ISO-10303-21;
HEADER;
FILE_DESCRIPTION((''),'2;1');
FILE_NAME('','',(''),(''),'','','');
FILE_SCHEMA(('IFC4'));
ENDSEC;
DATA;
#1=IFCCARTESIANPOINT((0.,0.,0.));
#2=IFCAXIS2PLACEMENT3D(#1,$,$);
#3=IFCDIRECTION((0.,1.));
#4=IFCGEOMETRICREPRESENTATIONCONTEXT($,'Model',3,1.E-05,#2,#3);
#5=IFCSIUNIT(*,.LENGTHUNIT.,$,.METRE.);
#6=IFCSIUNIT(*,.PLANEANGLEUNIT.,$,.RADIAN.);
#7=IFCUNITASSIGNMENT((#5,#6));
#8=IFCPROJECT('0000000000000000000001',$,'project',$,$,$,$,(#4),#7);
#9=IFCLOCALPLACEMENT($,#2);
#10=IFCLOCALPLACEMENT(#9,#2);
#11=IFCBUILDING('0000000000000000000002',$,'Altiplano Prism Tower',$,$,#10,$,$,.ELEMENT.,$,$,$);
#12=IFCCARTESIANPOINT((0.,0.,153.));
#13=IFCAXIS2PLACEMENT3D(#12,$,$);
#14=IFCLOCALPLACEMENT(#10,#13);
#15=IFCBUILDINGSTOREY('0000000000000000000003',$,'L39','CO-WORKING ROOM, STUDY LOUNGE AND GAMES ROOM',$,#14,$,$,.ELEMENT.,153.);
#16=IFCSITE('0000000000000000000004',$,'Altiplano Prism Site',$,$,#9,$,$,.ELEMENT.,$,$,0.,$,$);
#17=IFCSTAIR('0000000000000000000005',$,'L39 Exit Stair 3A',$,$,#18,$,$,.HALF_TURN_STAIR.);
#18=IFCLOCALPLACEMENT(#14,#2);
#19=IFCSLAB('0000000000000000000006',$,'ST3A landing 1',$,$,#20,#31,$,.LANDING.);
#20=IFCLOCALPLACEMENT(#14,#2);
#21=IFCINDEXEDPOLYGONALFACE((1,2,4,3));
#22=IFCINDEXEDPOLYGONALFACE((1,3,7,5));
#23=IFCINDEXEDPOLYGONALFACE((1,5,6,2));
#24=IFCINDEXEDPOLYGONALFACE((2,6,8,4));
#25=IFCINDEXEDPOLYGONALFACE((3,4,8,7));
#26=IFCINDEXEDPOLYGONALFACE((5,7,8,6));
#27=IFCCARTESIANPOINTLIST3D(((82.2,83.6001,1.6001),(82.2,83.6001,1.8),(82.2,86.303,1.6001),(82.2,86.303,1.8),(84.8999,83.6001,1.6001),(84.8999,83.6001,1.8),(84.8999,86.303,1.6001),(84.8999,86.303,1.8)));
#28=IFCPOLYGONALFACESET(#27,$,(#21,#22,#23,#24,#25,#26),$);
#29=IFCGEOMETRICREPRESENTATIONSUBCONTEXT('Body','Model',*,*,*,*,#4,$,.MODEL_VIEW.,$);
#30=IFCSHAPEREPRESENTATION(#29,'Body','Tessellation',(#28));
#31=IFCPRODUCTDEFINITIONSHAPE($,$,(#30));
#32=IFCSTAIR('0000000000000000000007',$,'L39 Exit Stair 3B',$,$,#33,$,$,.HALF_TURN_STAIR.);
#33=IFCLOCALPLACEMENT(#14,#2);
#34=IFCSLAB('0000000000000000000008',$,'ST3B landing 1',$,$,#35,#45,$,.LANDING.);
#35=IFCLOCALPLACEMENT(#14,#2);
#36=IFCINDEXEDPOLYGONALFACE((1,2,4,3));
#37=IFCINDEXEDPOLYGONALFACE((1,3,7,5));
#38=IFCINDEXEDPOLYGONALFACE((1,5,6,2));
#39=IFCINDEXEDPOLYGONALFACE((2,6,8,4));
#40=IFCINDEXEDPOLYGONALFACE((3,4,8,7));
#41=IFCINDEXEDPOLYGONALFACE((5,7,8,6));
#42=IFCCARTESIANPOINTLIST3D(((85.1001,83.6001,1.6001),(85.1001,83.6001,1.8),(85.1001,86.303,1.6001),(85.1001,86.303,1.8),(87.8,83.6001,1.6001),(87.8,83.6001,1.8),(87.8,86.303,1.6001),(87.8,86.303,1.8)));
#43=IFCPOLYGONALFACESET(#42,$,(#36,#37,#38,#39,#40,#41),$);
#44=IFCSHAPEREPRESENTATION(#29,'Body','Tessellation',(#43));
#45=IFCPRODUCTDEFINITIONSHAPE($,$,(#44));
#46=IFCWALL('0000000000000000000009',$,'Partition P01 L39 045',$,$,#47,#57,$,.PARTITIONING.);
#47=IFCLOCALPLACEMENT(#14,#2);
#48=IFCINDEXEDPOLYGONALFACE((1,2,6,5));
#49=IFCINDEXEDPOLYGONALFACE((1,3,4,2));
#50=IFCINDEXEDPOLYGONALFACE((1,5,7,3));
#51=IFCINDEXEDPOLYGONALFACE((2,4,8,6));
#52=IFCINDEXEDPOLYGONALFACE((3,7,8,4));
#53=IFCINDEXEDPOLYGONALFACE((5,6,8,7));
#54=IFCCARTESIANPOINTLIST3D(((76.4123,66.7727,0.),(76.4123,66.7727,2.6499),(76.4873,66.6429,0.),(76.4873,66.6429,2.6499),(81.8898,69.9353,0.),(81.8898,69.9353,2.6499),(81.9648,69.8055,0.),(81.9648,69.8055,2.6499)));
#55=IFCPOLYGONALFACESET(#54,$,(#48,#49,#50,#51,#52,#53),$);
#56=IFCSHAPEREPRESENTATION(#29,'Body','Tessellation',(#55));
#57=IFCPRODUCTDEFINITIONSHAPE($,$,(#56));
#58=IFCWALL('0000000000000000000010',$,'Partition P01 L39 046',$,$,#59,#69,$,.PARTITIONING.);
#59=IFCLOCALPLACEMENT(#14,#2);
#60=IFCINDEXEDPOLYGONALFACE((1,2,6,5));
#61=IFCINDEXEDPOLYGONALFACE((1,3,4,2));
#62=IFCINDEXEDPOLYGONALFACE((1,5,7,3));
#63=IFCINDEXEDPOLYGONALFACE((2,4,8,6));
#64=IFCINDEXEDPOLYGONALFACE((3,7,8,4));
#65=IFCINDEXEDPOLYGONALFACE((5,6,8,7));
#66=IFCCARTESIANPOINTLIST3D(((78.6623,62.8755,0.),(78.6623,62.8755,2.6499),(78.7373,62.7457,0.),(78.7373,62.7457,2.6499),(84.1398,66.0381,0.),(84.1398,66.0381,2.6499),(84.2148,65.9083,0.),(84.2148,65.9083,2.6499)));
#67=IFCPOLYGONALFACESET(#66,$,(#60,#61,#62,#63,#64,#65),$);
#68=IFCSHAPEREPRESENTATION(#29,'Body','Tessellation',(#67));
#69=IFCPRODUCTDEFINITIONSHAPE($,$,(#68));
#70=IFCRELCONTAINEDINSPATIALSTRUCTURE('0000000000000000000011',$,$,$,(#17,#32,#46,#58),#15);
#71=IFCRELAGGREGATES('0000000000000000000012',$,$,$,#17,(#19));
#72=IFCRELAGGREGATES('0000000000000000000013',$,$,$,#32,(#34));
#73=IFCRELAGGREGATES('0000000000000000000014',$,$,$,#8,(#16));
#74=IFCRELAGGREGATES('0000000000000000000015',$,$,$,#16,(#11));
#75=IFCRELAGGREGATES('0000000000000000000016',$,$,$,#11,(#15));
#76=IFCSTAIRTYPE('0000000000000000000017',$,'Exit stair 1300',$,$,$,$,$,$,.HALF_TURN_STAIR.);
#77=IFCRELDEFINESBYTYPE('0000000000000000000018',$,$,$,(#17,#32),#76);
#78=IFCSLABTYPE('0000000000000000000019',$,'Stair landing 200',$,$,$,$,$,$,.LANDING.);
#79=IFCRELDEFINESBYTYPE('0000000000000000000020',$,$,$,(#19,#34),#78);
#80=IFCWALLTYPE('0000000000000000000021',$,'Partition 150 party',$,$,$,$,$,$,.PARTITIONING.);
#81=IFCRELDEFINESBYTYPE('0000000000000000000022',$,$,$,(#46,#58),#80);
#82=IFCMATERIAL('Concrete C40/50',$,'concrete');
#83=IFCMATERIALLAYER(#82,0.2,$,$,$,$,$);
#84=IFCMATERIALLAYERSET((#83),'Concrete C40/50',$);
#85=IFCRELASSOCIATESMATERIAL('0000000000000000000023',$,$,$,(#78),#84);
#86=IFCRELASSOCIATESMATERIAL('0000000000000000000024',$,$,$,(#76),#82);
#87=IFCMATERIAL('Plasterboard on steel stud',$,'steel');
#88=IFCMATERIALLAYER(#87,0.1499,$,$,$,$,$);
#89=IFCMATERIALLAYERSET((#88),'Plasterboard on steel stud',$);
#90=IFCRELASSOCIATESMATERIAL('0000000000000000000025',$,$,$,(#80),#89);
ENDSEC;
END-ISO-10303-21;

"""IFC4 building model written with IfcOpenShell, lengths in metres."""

from ifc_helpers import new_model, si_unit, direction, frame, frame_2d, origin, place, context, subcontext, project, spatial, polyline, rectangle, outline, extrude, material, layer, layer_set, type_object, element, aggregate, save


model = new_model("IFC4")

# Units and contexts
model_context = context("Model", 3, precision=1e-05, world=origin(), true_north=direction((0.0, 1.0)))
body_context = subcontext(model_context, "Body", "Model", "MODEL_VIEW")
ifc_project = project(units=[si_unit("LENGTHUNIT", "METRE"), si_unit("PLANEANGLEUNIT", "RADIAN")], contexts=[model_context])

# Site, building, storey
site_placement = place(None, origin())
site = spatial("IfcSite", under=ifc_project, at=site_placement, Name="Altiplano Prism Site", CompositionType="ELEMENT", RefElevation=0.0)
building_placement = place(site_placement, origin())
building = spatial("IfcBuilding", under=site, at=building_placement, Name="Altiplano Prism Tower", CompositionType="ELEMENT")
storey_placement = place(building_placement, frame((0.0, 0.0, 153.0)))
storey = spatial("IfcBuildingStorey", under=building, at=storey_placement, Name="L39", Description="CO-WORKING ROOM, STUDY LOUNGE AND GAMES ROOM", CompositionType="ELEMENT", Elevation=153.0)

# Shared definitions
ifc_material_1 = material(Name="Concrete C40/50", Category="concrete")

# Stairs, slabs
ifc_layer_1 = layer(ifc_material_1, 0.2)
ifc_layer_set_1 = layer_set([ifc_layer_1], Name="Concrete C40/50")
slab_type_1 = type_object("IfcSlabType", Name="Stair landing 200", PredefinedType="LANDING", material=ifc_layer_set_1)
stair_type_1 = type_object("IfcStairType", Name="Exit stair 1300", PredefinedType="HALF_TURN_STAIR", material=ifc_material_1)
stair_1_placement = place(storey_placement, origin())
stair_1 = element("IfcStair", 1, at=stair_1_placement, inside=storey, type_object=stair_type_1, Name="L39 Exit Stair 3A", PredefinedType="HALF_TURN_STAIR")
slab_1_placement = place(storey_placement, frame((0.0, 0.0, 1.6001)))
slab_1 = element("IfcSlab", 2, at=slab_1_placement, type_object=slab_type_1, Name="ST3A landing 1", PredefinedType="LANDING", context=body_context, shape_type="SweptSolid", body=[
    extrude(outline(polyline([(82.2, 86.303), (82.2, 83.6001), (84.8999, 83.6001), (84.8999, 86.303), (82.2, 86.303)])), origin(), (0.0, 0.0, 1.0), 0.2),
])
aggregate(stair_1, [slab_1])
stair_2_placement = place(storey_placement, origin())
stair_2 = element("IfcStair", 3, at=stair_2_placement, inside=storey, type_object=stair_type_1, Name="L39 Exit Stair 3B", PredefinedType="HALF_TURN_STAIR")
slab_2_placement = place(storey_placement, frame((0.0, 0.0, 1.6001)))
slab_2 = element("IfcSlab", 4, at=slab_2_placement, type_object=slab_type_1, Name="ST3B landing 1", PredefinedType="LANDING", context=body_context, shape_type="SweptSolid", body=[
    extrude(outline(polyline([(85.1001, 86.303), (85.1001, 83.6001), (87.8, 83.6001), (87.8, 86.303), (85.1001, 86.303)])), origin(), (0.0, 0.0, 1.0), 0.2),
])
aggregate(stair_2, [slab_2])

# Walls
ifc_material_2 = material(Name="Plasterboard on steel stud", Category="steel")
ifc_layer_2 = layer(ifc_material_2, 0.1499)
ifc_layer_set_2 = layer_set([ifc_layer_2], Name="Plasterboard on steel stud")
wall_type = type_object("IfcWallType", Name="Partition 150 party", PredefinedType="PARTITIONING", material=ifc_layer_set_2)
for number, where, z_axis, x_axis, name in (
    (5, (76.4497, 66.7078, 0.0), (0.0, 0.0, 1.0), (0.866016, 0.500016, 0.0), "Partition P01 L39 045"),
    (6, (78.6997, 62.8105, 0.0), (0.0, 0.0, 1.0), (0.866016, 0.500016, 0.0), "Partition P01 L39 046"),
):
    element("IfcWall", number, at=place(storey_placement, frame(where, z_axis=z_axis, x_axis=x_axis)), inside=storey, type_object=wall_type, Name=name, PredefinedType="PARTITIONING", context=body_context, shape_type="SweptSolid", body=[
        extrude(rectangle(XDim=6.325, YDim=0.1499, at=frame_2d((3.1626, 0.0))), origin(), (0.0, 0.0, 1.0), 2.6499),
    ])

save(model, "model.ifc")
